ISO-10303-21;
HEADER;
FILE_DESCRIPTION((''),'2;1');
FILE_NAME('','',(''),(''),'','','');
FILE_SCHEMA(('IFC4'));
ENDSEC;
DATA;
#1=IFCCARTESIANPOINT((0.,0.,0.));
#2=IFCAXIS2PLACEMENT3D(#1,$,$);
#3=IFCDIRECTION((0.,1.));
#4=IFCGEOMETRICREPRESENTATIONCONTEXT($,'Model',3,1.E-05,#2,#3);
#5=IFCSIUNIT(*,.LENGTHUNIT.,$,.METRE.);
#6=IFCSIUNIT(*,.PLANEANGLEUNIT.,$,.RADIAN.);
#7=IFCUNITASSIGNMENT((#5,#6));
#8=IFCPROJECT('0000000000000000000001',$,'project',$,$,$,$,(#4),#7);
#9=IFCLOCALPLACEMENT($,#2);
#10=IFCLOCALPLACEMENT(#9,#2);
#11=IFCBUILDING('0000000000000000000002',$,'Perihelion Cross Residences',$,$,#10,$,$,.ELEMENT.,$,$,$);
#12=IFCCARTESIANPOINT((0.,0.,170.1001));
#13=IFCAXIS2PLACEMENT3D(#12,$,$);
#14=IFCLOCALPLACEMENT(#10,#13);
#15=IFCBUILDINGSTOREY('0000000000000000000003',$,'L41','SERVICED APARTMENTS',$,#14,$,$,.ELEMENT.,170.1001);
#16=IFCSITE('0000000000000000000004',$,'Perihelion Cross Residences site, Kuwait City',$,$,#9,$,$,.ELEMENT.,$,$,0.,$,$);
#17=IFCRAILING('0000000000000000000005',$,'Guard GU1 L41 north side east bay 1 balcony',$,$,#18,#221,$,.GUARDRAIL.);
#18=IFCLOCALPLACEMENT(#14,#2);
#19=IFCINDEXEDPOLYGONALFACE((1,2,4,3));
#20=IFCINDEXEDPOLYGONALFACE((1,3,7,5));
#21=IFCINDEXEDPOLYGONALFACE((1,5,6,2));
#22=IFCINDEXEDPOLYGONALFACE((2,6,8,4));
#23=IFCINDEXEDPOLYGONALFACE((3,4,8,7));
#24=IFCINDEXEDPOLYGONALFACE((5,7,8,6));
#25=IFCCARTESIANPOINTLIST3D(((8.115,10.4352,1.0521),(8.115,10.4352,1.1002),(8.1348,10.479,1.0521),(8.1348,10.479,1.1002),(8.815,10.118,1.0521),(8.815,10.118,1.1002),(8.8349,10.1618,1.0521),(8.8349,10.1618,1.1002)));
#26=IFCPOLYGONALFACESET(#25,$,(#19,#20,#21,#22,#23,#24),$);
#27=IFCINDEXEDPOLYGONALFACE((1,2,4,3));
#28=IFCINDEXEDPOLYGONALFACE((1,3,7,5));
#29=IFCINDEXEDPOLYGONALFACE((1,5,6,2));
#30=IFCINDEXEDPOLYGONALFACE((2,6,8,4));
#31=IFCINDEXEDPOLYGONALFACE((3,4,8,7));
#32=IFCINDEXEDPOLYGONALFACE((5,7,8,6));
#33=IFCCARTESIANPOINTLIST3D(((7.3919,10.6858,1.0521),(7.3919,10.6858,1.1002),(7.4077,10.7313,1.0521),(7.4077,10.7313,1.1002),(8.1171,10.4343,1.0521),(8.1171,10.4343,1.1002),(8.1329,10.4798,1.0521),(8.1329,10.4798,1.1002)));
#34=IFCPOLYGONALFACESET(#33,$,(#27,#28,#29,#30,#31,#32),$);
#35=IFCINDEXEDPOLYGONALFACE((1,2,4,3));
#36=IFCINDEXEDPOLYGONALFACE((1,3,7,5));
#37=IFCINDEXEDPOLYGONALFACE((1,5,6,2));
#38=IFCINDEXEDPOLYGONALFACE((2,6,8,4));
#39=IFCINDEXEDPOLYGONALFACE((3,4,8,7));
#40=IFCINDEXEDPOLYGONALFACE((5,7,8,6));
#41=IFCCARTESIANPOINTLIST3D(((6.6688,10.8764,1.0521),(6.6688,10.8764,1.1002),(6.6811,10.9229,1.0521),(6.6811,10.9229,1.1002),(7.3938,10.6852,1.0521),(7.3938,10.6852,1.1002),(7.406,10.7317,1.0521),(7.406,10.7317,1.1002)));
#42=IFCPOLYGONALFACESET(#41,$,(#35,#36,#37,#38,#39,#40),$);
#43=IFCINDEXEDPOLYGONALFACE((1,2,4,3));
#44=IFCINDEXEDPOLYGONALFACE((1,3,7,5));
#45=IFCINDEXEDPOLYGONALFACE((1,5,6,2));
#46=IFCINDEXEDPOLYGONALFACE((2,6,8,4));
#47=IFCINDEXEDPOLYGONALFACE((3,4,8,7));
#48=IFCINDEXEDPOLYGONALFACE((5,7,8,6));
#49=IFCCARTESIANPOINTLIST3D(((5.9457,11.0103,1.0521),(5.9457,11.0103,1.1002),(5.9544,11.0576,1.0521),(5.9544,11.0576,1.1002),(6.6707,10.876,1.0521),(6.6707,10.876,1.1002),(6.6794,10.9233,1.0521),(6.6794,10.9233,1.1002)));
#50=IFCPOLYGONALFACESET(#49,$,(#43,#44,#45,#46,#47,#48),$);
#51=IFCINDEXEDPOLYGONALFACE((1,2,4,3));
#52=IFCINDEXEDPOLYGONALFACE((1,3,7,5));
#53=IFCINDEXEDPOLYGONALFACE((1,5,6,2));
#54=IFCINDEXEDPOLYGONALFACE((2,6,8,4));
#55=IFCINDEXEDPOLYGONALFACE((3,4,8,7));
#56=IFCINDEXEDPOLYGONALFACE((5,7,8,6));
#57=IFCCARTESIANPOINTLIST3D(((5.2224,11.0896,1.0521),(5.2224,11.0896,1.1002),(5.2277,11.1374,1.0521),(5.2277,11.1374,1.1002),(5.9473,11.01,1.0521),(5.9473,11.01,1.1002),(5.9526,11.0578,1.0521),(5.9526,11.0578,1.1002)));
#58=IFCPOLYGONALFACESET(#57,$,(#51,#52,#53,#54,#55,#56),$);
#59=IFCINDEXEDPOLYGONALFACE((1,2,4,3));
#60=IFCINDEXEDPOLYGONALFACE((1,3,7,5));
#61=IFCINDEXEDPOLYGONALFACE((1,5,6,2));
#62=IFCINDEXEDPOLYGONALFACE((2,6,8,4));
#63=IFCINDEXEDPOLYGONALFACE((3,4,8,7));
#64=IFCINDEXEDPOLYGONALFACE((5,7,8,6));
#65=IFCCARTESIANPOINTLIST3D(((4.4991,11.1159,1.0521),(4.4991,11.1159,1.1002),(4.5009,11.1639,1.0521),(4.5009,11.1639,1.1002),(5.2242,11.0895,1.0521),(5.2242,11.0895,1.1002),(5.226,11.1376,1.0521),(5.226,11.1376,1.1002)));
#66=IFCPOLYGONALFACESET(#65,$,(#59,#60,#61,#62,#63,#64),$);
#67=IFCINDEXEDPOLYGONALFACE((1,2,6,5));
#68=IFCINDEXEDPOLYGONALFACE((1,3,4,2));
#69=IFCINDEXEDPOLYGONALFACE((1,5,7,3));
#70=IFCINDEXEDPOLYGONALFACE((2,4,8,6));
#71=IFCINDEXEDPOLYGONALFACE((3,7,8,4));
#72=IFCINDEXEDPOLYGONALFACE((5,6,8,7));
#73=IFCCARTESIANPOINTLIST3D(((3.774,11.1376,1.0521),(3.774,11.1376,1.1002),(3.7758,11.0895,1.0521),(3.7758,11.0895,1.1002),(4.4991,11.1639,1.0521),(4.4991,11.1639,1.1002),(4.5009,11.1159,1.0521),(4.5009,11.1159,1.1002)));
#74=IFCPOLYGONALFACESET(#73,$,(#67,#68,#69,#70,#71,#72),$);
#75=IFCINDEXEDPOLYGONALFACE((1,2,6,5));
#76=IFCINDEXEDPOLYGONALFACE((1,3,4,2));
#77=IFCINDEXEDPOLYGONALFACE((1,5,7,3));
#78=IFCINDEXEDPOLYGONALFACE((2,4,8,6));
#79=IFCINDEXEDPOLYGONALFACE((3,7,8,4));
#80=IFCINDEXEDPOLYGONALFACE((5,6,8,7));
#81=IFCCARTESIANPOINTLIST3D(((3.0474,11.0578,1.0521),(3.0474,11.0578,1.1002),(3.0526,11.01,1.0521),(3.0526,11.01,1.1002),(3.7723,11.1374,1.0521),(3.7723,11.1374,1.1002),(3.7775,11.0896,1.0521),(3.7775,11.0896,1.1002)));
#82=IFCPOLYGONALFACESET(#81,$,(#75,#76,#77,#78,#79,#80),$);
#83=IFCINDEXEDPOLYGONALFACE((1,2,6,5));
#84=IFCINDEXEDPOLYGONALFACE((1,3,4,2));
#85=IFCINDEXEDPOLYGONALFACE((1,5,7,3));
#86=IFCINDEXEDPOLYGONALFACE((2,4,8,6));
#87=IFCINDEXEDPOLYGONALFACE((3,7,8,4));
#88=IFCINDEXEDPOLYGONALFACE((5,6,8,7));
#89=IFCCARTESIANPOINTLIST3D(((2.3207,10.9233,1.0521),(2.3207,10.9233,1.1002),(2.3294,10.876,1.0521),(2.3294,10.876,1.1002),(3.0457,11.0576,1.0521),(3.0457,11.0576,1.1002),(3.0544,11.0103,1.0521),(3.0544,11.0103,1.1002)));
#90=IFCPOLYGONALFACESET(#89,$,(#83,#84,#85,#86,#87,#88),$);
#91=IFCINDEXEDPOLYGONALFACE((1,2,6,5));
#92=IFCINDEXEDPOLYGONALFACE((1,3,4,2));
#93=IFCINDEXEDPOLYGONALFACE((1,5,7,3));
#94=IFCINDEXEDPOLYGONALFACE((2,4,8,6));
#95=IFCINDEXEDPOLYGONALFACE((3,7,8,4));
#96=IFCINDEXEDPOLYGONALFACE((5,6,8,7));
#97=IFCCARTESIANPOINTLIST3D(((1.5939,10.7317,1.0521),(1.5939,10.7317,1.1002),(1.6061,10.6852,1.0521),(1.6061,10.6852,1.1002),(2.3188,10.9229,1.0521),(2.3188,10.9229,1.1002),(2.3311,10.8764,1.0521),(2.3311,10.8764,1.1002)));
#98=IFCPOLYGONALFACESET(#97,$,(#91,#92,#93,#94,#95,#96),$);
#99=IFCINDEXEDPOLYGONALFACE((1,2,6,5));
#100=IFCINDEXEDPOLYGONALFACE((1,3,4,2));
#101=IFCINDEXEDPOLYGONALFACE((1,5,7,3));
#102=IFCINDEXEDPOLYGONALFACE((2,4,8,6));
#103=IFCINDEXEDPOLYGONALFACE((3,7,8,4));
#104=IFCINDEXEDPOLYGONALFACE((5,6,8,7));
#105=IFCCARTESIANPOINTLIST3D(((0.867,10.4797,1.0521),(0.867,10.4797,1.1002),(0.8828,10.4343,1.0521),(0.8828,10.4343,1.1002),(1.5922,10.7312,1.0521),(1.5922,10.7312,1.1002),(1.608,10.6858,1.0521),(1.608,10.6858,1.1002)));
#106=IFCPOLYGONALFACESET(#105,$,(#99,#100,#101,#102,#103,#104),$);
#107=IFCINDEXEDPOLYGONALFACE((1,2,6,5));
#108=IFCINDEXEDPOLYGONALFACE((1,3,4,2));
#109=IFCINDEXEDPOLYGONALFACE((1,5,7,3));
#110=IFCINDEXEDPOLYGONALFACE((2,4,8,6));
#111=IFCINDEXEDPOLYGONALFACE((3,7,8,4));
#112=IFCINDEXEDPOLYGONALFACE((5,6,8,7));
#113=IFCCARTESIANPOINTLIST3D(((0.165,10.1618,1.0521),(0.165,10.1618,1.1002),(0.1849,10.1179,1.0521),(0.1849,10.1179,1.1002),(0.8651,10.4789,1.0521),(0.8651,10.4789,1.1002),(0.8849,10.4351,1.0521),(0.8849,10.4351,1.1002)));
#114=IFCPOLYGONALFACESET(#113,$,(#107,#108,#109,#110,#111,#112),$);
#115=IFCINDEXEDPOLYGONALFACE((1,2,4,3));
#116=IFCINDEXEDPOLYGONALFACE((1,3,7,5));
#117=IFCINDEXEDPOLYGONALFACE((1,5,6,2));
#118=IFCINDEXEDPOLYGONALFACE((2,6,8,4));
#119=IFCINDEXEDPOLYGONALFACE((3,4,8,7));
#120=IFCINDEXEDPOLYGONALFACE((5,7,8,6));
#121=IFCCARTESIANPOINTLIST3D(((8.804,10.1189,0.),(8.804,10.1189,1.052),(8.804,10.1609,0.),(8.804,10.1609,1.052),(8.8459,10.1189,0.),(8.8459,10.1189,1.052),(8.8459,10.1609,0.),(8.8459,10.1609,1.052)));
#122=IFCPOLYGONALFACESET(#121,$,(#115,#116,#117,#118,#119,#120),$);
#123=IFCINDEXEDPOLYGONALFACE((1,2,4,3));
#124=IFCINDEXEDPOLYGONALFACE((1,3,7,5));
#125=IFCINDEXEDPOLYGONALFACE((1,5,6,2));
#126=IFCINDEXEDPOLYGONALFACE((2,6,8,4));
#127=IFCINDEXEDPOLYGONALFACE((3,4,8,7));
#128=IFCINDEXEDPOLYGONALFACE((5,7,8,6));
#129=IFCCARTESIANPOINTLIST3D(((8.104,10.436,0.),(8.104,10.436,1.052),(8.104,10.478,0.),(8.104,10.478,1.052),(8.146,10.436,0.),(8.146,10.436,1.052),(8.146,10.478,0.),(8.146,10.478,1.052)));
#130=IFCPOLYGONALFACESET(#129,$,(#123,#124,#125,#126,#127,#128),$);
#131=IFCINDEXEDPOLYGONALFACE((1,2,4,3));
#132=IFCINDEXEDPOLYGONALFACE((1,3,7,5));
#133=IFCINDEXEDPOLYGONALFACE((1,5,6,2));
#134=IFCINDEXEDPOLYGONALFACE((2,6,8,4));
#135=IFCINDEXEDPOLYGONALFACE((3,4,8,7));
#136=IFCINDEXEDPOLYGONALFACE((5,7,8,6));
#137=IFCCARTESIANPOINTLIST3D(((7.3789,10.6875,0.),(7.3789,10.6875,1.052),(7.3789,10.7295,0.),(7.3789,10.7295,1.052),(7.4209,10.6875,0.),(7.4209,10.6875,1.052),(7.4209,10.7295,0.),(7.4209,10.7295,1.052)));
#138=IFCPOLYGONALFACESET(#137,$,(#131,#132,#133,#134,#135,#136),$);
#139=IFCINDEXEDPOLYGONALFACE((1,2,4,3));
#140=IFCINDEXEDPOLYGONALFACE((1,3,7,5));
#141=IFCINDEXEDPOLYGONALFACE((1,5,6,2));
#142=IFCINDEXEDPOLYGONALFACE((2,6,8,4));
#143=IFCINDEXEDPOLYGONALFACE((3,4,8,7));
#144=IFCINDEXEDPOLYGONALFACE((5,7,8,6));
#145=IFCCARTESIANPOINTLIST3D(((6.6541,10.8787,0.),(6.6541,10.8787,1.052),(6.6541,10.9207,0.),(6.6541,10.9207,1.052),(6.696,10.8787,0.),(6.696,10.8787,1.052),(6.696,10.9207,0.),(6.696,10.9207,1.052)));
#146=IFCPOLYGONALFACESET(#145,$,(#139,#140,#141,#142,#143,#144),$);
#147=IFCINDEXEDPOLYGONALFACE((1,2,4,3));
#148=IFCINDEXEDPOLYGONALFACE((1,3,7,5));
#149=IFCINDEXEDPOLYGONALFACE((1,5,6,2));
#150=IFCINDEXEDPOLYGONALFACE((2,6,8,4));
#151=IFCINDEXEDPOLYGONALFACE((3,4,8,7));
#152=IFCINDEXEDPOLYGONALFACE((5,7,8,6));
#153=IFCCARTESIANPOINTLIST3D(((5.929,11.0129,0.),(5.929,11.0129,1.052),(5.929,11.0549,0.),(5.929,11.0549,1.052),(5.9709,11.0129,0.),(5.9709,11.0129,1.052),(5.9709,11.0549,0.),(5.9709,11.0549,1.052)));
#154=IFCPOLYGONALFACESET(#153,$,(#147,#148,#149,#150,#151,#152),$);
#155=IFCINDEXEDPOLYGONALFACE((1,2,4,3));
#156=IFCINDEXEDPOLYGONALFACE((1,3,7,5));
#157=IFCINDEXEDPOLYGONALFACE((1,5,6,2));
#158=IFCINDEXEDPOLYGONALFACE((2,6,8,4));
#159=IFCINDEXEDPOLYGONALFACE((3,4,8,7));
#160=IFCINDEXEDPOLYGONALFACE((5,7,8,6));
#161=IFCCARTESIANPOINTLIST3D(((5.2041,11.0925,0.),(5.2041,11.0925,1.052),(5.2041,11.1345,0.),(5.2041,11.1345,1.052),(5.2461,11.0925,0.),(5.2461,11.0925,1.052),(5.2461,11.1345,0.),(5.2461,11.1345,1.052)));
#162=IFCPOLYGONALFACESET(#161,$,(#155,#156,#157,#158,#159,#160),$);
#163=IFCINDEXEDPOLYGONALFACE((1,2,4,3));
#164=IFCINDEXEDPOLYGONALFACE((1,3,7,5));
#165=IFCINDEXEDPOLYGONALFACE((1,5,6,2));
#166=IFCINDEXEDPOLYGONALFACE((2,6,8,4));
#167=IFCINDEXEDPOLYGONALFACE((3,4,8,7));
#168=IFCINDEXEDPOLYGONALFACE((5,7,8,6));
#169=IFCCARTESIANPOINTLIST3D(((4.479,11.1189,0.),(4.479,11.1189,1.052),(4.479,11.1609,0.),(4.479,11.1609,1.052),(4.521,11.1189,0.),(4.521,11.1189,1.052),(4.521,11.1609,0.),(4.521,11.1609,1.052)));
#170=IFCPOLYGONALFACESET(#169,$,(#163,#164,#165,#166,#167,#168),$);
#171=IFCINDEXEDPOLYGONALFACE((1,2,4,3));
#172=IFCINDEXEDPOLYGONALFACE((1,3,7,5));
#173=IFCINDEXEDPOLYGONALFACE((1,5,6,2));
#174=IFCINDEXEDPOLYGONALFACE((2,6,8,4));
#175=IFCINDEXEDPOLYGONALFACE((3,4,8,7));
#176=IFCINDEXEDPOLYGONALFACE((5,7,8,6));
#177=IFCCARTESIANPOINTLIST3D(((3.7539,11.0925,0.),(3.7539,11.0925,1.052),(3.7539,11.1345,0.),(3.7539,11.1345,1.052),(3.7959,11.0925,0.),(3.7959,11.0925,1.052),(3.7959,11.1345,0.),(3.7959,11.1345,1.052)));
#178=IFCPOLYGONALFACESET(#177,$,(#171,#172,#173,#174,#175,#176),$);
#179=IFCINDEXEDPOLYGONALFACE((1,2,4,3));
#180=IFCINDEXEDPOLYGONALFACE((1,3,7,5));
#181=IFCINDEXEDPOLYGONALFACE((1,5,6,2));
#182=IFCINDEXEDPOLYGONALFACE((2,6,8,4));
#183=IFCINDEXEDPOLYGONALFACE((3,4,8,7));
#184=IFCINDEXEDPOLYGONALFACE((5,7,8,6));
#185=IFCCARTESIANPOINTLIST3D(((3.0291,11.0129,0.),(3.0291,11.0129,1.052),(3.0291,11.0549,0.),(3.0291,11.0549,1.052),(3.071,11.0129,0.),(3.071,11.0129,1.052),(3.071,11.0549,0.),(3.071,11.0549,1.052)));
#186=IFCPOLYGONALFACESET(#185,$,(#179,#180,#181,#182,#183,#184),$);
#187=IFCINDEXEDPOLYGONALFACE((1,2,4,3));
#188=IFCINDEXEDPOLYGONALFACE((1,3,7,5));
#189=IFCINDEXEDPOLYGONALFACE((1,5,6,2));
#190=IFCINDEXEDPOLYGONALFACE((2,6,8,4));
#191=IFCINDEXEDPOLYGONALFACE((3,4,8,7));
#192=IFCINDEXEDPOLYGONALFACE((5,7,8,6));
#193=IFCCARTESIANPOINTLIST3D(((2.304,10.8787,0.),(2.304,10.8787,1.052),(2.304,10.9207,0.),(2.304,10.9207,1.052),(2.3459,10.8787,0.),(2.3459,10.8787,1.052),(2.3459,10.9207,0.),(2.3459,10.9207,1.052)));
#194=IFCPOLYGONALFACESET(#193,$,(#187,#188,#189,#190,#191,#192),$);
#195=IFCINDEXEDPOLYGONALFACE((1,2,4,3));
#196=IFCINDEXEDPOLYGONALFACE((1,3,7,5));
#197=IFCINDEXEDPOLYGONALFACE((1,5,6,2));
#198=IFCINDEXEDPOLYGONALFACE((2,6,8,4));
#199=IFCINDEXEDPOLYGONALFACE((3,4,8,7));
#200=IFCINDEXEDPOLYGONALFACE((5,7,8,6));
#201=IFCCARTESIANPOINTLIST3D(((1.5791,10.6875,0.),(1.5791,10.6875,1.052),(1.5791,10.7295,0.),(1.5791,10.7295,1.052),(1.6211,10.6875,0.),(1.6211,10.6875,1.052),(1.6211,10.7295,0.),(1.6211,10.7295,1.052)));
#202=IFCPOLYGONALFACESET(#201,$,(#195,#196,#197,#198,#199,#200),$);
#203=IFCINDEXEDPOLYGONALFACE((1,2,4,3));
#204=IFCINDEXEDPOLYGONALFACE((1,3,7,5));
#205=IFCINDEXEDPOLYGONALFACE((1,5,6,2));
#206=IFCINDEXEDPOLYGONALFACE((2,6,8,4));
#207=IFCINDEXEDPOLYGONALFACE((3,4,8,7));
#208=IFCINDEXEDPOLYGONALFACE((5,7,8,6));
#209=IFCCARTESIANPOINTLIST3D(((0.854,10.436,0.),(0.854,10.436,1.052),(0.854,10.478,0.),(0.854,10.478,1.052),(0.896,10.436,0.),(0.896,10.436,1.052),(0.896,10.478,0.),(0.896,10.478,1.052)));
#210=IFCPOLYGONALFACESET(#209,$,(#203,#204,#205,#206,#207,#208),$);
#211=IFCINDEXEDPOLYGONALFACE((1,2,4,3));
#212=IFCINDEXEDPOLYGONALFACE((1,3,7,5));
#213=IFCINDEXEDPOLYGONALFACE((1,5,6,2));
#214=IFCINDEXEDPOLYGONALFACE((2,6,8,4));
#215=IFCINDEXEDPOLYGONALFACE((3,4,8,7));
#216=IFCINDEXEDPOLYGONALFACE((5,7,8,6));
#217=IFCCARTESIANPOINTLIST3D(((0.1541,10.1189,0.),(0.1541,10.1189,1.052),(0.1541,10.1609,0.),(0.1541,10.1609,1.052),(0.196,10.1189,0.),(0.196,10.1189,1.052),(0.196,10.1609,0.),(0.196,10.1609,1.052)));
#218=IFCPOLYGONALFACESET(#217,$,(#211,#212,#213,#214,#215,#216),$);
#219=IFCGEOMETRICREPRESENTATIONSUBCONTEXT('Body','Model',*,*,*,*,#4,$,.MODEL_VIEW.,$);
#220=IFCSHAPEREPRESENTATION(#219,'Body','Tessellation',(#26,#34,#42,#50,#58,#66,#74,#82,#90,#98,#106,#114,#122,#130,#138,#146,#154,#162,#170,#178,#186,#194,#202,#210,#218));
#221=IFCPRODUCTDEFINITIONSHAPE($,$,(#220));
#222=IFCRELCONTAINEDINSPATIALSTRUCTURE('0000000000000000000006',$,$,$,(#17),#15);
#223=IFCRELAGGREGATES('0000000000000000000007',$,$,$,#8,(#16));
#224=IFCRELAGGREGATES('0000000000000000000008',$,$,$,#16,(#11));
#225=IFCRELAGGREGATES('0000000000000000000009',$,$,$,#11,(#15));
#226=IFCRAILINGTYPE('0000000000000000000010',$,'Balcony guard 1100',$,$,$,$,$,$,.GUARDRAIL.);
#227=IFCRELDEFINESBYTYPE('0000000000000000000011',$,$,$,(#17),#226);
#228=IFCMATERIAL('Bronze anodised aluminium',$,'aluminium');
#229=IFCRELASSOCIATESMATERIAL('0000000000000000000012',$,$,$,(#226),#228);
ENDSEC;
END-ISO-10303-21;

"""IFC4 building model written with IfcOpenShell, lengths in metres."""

from ifc_helpers import new_model, si_unit, direction, frame, origin, origin_2d, place, context, subcontext, project, spatial, rectangle, extrude, material, type_object, element, save


model = new_model("IFC4")

# Units and contexts
model_context = context("Model", 3, precision=1e-05, world=origin(), true_north=direction((0.0, 1.0)))
body_context = subcontext(model_context, "Body", "Model", "MODEL_VIEW")
ifc_project = project(units=[si_unit("LENGTHUNIT", "METRE"), si_unit("PLANEANGLEUNIT", "RADIAN")], contexts=[model_context])

# Site, building, storey
site_placement = place(None, origin())
site = spatial("IfcSite", under=ifc_project, at=site_placement, Name="Perihelion Cross Residences site, Kuwait City", CompositionType="ELEMENT", RefElevation=0.0)
building_placement = place(site_placement, origin())
building = spatial("IfcBuilding", under=site, at=building_placement, Name="Perihelion Cross Residences", CompositionType="ELEMENT")
storey_placement = place(building_placement, frame((0.0, 0.0, 170.1001)))
storey = spatial("IfcBuildingStorey", under=building, at=storey_placement, Name="L41", Description="SERVICED APARTMENTS", CompositionType="ELEMENT", Elevation=170.1001)

# Railing
ifc_material_1 = material(Name="Bronze anodised aluminium", Category="aluminium")
railing_type = type_object("IfcRailingType", Name="Balcony guard 1100", PredefinedType="GUARDRAIL", material=ifc_material_1)
railing_1_placement = place(storey_placement, frame((8.825, 10.1399, 0.0)))
element("IfcRailing", 1, at=railing_1_placement, inside=storey, type_object=railing_type, Name="Guard GU1 L41 north side east bay 1 balcony", PredefinedType="GUARDRAIL", context=body_context, shape_type="SweptSolid", body=[
    extrude(rectangle(XDim=0.0481, YDim=0.0481, at=origin_2d()), frame((0.0, 0.0, 1.0762), z_axis=(-0.910866, 0.412702, 0.0), x_axis=(-0.412702, -0.910866, 0.0)), (0.0, 0.0, 1.0), 0.7686),
    extrude(rectangle(XDim=0.0481, YDim=0.0481, at=origin_2d()), frame((-0.7, 0.3171, 1.0762), z_axis=(-0.944797, 0.327657, 0.0), x_axis=(-0.327657, -0.944797, 0.0)), (0.0, 0.0, 1.0), 0.7676),
    extrude(rectangle(XDim=0.0481, YDim=0.0481, at=origin_2d()), frame((-1.425, 0.5686, 1.0762), z_axis=(-0.966939, 0.255006, 0.0), x_axis=(-0.255006, -0.966939, 0.0)), (0.0, 0.0, 1.0), 0.7498),
    extrude(rectangle(XDim=0.0481, YDim=0.0481, at=origin_2d()), frame((-2.1499, 0.7598, 1.0762), z_axis=(-0.983282, 0.182089, 0.0), x_axis=(-0.182089, -0.983282, 0.0)), (0.0, 0.0, 1.0), 0.7373),
    extrude(rectangle(XDim=0.0481, YDim=0.0481, at=origin_2d()), frame((-2.875, 0.894, 1.0762), z_axis=(-0.994026, 0.109145, 0.0), x_axis=(-0.109145, -0.994026, 0.0)), (0.0, 0.0, 1.0), 0.7292),
    extrude(rectangle(XDim=0.0481, YDim=0.0481, at=origin_2d()), frame((-3.5999, 0.9736, 1.0762), z_axis=(-0.999339, 0.03634, 0.0), x_axis=(-0.03634, -0.999339, 0.0)), (0.0, 0.0, 1.0), 0.7256),
    extrude(rectangle(XDim=0.0481, YDim=0.0481, at=origin_2d()), frame((-4.325, 1.0, 1.0762), z_axis=(-0.999339, -0.03634, 0.0), x_axis=(0.03634, -0.999339, 0.0)), (0.0, 0.0, 1.0), 0.7256),
    extrude(rectangle(XDim=0.0481, YDim=0.0481, at=origin_2d()), frame((-5.05, 0.9736, 1.0762), z_axis=(-0.994026, -0.109145, 0.0), x_axis=(0.109145, -0.994026, 0.0)), (0.0, 0.0, 1.0), 0.7292),
    extrude(rectangle(XDim=0.0481, YDim=0.0481, at=origin_2d()), frame((-5.7749, 0.894, 1.0762), z_axis=(-0.983282, -0.182089, 0.0), x_axis=(0.182089, -0.983282, 0.0)), (0.0, 0.0, 1.0), 0.7373),
    extrude(rectangle(XDim=0.0481, YDim=0.0481, at=origin_2d()), frame((-6.5, 0.7598, 1.0762), z_axis=(-0.966939, -0.255006, 0.0), x_axis=(0.255006, -0.966939, 0.0)), (0.0, 0.0, 1.0), 0.7498),
    extrude(rectangle(XDim=0.0481, YDim=0.0481, at=origin_2d()), frame((-7.2249, 0.5686, 1.0762), z_axis=(-0.944797, -0.327657, 0.0), x_axis=(0.327657, -0.944797, 0.0)), (0.0, 0.0, 1.0), 0.7676),
    extrude(rectangle(XDim=0.0481, YDim=0.0481, at=origin_2d()), frame((-7.95, 0.3171, 1.0762), z_axis=(-0.910866, -0.412702, 0.0), x_axis=(0.412702, -0.910866, 0.0)), (0.0, 0.0, 1.0), 0.7686),
    extrude(rectangle(XDim=0.042, YDim=0.042, at=origin_2d()), origin(), (0.0, 0.0, 1.0), 1.052),
    extrude(rectangle(XDim=0.042, YDim=0.042, at=origin_2d()), frame((-0.7, 0.3171, 0.0)), (0.0, 0.0, 1.0), 1.052),
    extrude(rectangle(XDim=0.042, YDim=0.042, at=origin_2d()), frame((-1.425, 0.5686, 0.0)), (0.0, 0.0, 1.0), 1.052),
    extrude(rectangle(XDim=0.042, YDim=0.042, at=origin_2d()), frame((-2.1499, 0.7598, 0.0)), (0.0, 0.0, 1.0), 1.052),
    extrude(rectangle(XDim=0.042, YDim=0.042, at=origin_2d()), frame((-2.875, 0.894, 0.0)), (0.0, 0.0, 1.0), 1.052),
    extrude(rectangle(XDim=0.042, YDim=0.042, at=origin_2d()), frame((-3.5999, 0.9736, 0.0)), (0.0, 0.0, 1.0), 1.052),
    extrude(rectangle(XDim=0.042, YDim=0.042, at=origin_2d()), frame((-4.325, 1.0, 0.0)), (0.0, 0.0, 1.0), 1.052),
    extrude(rectangle(XDim=0.042, YDim=0.042, at=origin_2d()), frame((-5.05, 0.9736, 0.0)), (0.0, 0.0, 1.0), 1.052),
    extrude(rectangle(XDim=0.042, YDim=0.042, at=origin_2d()), frame((-5.7749, 0.894, 0.0)), (0.0, 0.0, 1.0), 1.052),
    extrude(rectangle(XDim=0.042, YDim=0.042, at=origin_2d()), frame((-6.5, 0.7598, 0.0)), (0.0, 0.0, 1.0), 1.052),
    extrude(rectangle(XDim=0.042, YDim=0.042, at=origin_2d()), frame((-7.2249, 0.5686, 0.0)), (0.0, 0.0, 1.0), 1.052),
    extrude(rectangle(XDim=0.042, YDim=0.042, at=origin_2d()), frame((-7.95, 0.3171, 0.0)), (0.0, 0.0, 1.0), 1.052),
    extrude(rectangle(XDim=0.042, YDim=0.042, at=origin_2d()), frame((-8.6499, 0.0, 0.0)), (0.0, 0.0, 1.0), 1.052),
])

save(model, "model.ifc")
